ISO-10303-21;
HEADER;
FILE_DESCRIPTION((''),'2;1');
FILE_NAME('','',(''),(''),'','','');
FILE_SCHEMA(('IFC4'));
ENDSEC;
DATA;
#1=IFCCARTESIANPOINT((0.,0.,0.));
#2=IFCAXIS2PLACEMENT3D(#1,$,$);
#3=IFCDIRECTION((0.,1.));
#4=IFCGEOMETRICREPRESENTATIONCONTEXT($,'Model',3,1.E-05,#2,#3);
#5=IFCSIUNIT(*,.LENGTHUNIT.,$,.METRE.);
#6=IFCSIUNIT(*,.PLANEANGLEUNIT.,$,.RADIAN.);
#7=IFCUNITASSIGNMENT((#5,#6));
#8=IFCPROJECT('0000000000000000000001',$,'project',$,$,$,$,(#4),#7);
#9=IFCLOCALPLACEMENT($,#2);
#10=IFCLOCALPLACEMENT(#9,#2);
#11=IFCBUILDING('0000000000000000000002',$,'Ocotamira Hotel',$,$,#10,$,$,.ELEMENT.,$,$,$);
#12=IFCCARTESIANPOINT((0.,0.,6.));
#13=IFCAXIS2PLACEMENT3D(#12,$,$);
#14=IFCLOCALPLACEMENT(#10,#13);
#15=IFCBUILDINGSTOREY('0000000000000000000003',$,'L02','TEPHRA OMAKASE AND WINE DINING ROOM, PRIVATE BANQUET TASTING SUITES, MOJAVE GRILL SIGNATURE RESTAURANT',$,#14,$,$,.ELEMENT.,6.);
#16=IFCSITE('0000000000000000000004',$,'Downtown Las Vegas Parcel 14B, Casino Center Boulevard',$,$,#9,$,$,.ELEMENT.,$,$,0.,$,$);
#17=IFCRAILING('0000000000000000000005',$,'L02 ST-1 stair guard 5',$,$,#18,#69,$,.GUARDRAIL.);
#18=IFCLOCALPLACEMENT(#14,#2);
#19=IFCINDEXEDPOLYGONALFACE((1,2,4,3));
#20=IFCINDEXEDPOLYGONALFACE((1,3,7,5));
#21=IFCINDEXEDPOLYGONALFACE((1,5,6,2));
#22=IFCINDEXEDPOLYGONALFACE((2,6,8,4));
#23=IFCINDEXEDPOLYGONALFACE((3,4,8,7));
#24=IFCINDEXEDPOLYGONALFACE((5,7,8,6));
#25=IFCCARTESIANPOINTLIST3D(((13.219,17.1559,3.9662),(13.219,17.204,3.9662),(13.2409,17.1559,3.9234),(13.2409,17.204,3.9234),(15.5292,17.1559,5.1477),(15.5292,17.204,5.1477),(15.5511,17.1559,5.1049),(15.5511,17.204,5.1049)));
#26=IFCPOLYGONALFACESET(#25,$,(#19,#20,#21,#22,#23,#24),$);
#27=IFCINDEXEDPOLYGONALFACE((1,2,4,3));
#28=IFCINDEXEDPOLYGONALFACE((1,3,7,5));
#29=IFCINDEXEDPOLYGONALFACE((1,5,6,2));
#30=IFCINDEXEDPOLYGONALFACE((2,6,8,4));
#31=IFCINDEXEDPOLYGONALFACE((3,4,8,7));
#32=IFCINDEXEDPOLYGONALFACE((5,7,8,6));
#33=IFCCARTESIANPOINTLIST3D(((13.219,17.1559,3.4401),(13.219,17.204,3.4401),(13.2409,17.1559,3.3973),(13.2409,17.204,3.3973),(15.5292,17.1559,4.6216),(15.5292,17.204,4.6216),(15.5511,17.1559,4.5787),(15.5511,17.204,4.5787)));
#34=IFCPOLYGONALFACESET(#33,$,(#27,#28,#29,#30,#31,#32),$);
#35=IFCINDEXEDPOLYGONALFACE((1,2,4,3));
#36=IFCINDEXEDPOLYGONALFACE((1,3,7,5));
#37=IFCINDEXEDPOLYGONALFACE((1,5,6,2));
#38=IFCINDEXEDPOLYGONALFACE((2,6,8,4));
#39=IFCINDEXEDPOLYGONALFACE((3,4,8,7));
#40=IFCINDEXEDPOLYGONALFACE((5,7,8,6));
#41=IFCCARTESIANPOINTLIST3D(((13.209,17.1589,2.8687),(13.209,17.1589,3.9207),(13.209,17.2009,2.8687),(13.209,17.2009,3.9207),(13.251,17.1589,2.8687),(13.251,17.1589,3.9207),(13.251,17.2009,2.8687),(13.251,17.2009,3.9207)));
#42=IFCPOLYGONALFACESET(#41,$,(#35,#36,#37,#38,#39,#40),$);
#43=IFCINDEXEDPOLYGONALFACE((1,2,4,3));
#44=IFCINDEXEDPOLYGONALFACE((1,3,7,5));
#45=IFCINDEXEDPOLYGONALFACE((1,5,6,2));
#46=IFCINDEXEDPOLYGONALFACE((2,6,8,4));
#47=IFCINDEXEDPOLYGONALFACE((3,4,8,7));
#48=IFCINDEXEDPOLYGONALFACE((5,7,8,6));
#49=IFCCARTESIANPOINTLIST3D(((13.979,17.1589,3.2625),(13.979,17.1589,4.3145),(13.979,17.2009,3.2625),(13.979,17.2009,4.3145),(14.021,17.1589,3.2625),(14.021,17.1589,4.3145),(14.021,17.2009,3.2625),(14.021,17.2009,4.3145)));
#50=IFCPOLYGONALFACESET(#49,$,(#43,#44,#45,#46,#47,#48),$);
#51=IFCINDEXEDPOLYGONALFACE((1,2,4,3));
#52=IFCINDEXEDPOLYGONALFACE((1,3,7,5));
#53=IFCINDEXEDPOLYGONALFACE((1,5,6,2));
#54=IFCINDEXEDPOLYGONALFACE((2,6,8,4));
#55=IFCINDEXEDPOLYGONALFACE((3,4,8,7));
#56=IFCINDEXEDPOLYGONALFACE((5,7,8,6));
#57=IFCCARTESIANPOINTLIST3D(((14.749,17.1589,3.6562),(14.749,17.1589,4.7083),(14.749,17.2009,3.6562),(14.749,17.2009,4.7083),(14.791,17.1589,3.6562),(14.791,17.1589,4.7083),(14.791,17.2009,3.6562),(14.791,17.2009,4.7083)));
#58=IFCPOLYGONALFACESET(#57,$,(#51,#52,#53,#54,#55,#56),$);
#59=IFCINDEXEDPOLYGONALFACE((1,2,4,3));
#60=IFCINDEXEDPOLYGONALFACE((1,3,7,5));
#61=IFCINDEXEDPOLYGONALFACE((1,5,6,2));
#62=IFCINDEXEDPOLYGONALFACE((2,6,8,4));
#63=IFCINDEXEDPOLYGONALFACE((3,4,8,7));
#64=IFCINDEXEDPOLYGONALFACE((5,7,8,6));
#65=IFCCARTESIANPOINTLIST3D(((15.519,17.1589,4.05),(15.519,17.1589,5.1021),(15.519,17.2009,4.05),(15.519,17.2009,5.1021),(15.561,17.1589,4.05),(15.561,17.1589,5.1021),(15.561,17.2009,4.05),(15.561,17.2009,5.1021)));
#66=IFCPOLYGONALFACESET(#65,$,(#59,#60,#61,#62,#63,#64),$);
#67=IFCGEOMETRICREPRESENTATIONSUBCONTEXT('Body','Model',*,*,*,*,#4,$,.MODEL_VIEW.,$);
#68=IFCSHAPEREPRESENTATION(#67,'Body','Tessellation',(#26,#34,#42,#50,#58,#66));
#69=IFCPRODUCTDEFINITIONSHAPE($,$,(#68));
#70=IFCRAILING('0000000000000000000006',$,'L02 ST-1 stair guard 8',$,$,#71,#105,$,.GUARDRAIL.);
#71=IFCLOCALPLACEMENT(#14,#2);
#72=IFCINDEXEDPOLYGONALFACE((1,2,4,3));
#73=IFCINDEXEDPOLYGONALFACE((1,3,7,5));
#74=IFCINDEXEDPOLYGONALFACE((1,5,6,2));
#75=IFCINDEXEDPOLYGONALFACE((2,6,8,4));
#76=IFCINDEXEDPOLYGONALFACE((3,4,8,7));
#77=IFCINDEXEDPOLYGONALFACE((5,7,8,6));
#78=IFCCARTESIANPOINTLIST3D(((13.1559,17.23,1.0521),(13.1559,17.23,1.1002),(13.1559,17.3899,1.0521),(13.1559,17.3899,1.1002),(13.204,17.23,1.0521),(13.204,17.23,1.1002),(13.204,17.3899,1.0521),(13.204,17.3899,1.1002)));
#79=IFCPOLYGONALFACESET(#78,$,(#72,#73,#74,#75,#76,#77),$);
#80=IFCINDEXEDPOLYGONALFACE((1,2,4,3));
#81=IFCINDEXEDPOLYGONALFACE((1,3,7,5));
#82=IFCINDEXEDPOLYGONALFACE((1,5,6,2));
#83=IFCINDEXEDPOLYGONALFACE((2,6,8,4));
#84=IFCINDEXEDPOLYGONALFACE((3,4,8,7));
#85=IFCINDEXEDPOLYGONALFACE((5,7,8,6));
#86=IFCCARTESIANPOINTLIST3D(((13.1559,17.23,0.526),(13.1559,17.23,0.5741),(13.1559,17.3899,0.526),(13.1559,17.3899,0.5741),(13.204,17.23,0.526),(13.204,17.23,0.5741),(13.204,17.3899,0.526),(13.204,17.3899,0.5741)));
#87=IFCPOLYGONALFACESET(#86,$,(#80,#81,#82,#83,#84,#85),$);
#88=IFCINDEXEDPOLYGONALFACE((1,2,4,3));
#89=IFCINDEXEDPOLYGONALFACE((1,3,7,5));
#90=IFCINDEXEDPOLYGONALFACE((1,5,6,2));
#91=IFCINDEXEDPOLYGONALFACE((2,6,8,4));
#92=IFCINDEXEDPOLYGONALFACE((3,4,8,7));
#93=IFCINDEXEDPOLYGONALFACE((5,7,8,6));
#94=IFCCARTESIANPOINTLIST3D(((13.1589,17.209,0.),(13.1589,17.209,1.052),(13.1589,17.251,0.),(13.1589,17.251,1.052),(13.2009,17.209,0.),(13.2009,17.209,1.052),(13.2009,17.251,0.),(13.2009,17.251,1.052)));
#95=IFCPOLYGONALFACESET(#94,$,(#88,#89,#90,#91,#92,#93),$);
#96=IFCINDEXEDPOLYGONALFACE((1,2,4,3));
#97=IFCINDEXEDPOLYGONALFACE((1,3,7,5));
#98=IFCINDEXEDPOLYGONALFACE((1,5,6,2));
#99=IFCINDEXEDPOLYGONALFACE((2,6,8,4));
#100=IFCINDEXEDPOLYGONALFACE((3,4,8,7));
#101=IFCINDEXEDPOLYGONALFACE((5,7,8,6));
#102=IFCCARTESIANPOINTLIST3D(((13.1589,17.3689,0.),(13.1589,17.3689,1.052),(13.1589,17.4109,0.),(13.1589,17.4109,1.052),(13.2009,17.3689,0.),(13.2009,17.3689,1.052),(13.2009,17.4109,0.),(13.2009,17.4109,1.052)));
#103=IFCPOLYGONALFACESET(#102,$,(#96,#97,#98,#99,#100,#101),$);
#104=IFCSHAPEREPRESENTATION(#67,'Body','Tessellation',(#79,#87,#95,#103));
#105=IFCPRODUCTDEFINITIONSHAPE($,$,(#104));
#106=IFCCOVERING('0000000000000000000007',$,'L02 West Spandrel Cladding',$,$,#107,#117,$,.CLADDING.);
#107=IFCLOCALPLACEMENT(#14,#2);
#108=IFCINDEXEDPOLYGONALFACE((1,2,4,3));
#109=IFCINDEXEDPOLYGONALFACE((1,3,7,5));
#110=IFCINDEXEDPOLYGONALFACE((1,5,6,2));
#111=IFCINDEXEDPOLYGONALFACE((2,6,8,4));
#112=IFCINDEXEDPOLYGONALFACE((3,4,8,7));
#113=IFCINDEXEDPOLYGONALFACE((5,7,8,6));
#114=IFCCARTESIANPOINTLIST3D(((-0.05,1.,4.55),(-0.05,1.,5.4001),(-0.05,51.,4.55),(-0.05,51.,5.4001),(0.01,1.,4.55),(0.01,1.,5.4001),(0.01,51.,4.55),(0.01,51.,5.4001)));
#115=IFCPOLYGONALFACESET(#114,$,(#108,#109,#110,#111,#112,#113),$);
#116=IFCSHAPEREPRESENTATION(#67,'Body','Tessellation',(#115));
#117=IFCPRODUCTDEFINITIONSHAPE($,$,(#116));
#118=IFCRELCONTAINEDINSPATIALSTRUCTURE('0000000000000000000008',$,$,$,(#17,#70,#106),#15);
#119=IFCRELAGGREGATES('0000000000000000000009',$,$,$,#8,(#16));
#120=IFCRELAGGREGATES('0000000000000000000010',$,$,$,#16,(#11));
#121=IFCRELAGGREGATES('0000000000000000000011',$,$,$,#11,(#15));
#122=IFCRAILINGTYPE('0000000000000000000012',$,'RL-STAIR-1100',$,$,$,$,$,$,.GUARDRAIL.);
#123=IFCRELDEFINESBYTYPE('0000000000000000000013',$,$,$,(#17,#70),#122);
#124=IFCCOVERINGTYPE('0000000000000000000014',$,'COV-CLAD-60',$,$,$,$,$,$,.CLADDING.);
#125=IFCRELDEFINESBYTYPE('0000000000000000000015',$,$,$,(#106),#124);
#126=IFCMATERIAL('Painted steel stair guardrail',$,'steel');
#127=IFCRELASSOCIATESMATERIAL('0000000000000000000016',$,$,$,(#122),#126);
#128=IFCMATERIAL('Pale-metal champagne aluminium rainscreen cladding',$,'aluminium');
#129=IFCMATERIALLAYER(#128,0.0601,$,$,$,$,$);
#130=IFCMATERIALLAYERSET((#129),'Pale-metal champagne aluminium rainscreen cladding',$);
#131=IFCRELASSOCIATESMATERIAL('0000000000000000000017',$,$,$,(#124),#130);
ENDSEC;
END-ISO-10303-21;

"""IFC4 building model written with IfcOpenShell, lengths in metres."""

from ifc_helpers import new_model, si_unit, direction, frame, origin, origin_2d, place, context, subcontext, project, spatial, rectangle, extrude, source, transform, mapped, material, layer, layer_set, type_object, element, save


model = new_model("IFC4")

# Units and contexts
model_context = context("Model", 3, precision=1e-05, world=origin(), true_north=direction((0.0, 1.0)))
body_context = subcontext(model_context, "Body", "Model", "MODEL_VIEW")
ifc_project = project(units=[si_unit("LENGTHUNIT", "METRE"), si_unit("PLANEANGLEUNIT", "RADIAN")], contexts=[model_context])

# Site, building, storey
site_placement = place(None, origin())
site = spatial("IfcSite", under=ifc_project, at=site_placement, Name="Downtown Las Vegas Parcel 14B, Casino Center Boulevard", CompositionType="ELEMENT", RefElevation=0.0)
building_placement = place(site_placement, origin())
building = spatial("IfcBuilding", under=site, at=building_placement, Name="Ocotamira Hotel", CompositionType="ELEMENT")
storey_placement = place(building_placement, frame((0.0, 0.0, 6.0)))
storey = spatial("IfcBuildingStorey", under=building, at=storey_placement, Name="L02", Description="TEPHRA OMAKASE AND WINE DINING ROOM, PRIVATE BANQUET TASTING SUITES, MOJAVE GRILL SIGNATURE RESTAURANT", CompositionType="ELEMENT", Elevation=6.0)

# Railings
ifc_material_1 = material(Name="Painted steel stair guardrail", Category="steel")
railing_type_1 = type_object("IfcRailingType", Name="RL-STAIR-1100", PredefinedType="GUARDRAIL", material=ifc_material_1)
railing_1_placement = place(storey_placement, frame((13.23, 17.1799, 2.8687)))
element("IfcRailing", 1, at=railing_1_placement, inside=storey, type_object=railing_type_1, Name="L02 ST-1 stair guard 5", PredefinedType="GUARDRAIL", context=body_context, shape_type="SweptSolid", body=[
    extrude(rectangle(XDim=0.0481, YDim=0.0481, at=origin_2d()), frame((0.0, 0.0, 1.0762), z_axis=(0.890325, 0.0, 0.455325), x_axis=(0.0, 1.0, 0.0)), (0.0, 0.0, 1.0), 2.5947),
    extrude(rectangle(XDim=0.0481, YDim=0.0481, at=origin_2d()), frame((0.0, 0.0, 0.55), z_axis=(0.890325, 0.0, 0.455325), x_axis=(0.0, 1.0, 0.0)), (0.0, 0.0, 1.0), 2.5947),
    extrude(rectangle(XDim=0.042, YDim=0.042, at=origin_2d()), origin(), (0.0, 0.0, 1.0), 1.052),
    extrude(rectangle(XDim=0.042, YDim=0.042, at=origin_2d()), frame((0.77, 0.0, 0.3938)), (0.0, 0.0, 1.0), 1.052),
    extrude(rectangle(XDim=0.042, YDim=0.042, at=origin_2d()), frame((1.54, 0.0, 0.7876)), (0.0, 0.0, 1.0), 1.052),
    extrude(rectangle(XDim=0.042, YDim=0.042, at=origin_2d()), frame((2.3101, 0.0, 1.1814)), (0.0, 0.0, 1.0), 1.052),
])
railing_2_placement = place(storey_placement, frame((13.1799, 17.23, 0.0)))
element("IfcRailing", 2, at=railing_2_placement, inside=storey, type_object=railing_type_1, Name="L02 ST-1 stair guard 8", PredefinedType="GUARDRAIL", context=body_context, shape_type="SweptSolid", body=[
    extrude(rectangle(XDim=0.0481, YDim=0.0481, at=origin_2d()), frame((0.0, 0.0, 1.0762), z_axis=(0.0, 1.0, 0.0), x_axis=(-1.0, 0.0, 0.0)), (0.0, 0.0, 1.0), 0.1599),
    extrude(rectangle(XDim=0.0481, YDim=0.0481, at=origin_2d()), frame((0.0, 0.0, 0.55), z_axis=(0.0, 1.0, 0.0), x_axis=(-1.0, 0.0, 0.0)), (0.0, 0.0, 1.0), 0.1599),
    extrude(rectangle(XDim=0.042, YDim=0.042, at=origin_2d()), origin(), (0.0, 0.0, 1.0), 1.052),
    extrude(rectangle(XDim=0.042, YDim=0.042, at=origin_2d()), frame((0.0, 0.1599, 0.0)), (0.0, 0.0, 1.0), 1.052),
])

# Covering
ifc_material_2 = material(Name="Pale-metal champagne aluminium rainscreen cladding", Category="aluminium")
ifc_layer_1 = layer(ifc_material_2, 0.0601)
ifc_layer_set_1 = layer_set([ifc_layer_1], Name="Pale-metal champagne aluminium rainscreen cladding")
covering_type = type_object("IfcCoveringType", Name="COV-CLAD-60", PredefinedType="CLADDING", material=ifc_layer_set_1)
shared_shape_1 = source(origin(), body_context, "Body", "SweptSolid", [
    extrude(rectangle(XDim=0.0601, YDim=50.0, at=origin_2d()), origin(), (0.0, 0.0, 1.0), 0.8501),
])
covering_placement = place(storey_placement, frame((-0.02, 26.0, 4.55), z_axis=(0.0, 0.0, 1.0), x_axis=(1.0, 0.0, 0.0)))
element("IfcCovering", 3, at=covering_placement, inside=storey, type_object=covering_type, Name="L02 West Spandrel Cladding", PredefinedType="CLADDING", context=body_context, shape_type="MappedRepresentation", body=[
    mapped(shared_shape_1, transform((0.0, 0.0, 0.0), scale=1.0)),
])

save(model, "model.ifc")
